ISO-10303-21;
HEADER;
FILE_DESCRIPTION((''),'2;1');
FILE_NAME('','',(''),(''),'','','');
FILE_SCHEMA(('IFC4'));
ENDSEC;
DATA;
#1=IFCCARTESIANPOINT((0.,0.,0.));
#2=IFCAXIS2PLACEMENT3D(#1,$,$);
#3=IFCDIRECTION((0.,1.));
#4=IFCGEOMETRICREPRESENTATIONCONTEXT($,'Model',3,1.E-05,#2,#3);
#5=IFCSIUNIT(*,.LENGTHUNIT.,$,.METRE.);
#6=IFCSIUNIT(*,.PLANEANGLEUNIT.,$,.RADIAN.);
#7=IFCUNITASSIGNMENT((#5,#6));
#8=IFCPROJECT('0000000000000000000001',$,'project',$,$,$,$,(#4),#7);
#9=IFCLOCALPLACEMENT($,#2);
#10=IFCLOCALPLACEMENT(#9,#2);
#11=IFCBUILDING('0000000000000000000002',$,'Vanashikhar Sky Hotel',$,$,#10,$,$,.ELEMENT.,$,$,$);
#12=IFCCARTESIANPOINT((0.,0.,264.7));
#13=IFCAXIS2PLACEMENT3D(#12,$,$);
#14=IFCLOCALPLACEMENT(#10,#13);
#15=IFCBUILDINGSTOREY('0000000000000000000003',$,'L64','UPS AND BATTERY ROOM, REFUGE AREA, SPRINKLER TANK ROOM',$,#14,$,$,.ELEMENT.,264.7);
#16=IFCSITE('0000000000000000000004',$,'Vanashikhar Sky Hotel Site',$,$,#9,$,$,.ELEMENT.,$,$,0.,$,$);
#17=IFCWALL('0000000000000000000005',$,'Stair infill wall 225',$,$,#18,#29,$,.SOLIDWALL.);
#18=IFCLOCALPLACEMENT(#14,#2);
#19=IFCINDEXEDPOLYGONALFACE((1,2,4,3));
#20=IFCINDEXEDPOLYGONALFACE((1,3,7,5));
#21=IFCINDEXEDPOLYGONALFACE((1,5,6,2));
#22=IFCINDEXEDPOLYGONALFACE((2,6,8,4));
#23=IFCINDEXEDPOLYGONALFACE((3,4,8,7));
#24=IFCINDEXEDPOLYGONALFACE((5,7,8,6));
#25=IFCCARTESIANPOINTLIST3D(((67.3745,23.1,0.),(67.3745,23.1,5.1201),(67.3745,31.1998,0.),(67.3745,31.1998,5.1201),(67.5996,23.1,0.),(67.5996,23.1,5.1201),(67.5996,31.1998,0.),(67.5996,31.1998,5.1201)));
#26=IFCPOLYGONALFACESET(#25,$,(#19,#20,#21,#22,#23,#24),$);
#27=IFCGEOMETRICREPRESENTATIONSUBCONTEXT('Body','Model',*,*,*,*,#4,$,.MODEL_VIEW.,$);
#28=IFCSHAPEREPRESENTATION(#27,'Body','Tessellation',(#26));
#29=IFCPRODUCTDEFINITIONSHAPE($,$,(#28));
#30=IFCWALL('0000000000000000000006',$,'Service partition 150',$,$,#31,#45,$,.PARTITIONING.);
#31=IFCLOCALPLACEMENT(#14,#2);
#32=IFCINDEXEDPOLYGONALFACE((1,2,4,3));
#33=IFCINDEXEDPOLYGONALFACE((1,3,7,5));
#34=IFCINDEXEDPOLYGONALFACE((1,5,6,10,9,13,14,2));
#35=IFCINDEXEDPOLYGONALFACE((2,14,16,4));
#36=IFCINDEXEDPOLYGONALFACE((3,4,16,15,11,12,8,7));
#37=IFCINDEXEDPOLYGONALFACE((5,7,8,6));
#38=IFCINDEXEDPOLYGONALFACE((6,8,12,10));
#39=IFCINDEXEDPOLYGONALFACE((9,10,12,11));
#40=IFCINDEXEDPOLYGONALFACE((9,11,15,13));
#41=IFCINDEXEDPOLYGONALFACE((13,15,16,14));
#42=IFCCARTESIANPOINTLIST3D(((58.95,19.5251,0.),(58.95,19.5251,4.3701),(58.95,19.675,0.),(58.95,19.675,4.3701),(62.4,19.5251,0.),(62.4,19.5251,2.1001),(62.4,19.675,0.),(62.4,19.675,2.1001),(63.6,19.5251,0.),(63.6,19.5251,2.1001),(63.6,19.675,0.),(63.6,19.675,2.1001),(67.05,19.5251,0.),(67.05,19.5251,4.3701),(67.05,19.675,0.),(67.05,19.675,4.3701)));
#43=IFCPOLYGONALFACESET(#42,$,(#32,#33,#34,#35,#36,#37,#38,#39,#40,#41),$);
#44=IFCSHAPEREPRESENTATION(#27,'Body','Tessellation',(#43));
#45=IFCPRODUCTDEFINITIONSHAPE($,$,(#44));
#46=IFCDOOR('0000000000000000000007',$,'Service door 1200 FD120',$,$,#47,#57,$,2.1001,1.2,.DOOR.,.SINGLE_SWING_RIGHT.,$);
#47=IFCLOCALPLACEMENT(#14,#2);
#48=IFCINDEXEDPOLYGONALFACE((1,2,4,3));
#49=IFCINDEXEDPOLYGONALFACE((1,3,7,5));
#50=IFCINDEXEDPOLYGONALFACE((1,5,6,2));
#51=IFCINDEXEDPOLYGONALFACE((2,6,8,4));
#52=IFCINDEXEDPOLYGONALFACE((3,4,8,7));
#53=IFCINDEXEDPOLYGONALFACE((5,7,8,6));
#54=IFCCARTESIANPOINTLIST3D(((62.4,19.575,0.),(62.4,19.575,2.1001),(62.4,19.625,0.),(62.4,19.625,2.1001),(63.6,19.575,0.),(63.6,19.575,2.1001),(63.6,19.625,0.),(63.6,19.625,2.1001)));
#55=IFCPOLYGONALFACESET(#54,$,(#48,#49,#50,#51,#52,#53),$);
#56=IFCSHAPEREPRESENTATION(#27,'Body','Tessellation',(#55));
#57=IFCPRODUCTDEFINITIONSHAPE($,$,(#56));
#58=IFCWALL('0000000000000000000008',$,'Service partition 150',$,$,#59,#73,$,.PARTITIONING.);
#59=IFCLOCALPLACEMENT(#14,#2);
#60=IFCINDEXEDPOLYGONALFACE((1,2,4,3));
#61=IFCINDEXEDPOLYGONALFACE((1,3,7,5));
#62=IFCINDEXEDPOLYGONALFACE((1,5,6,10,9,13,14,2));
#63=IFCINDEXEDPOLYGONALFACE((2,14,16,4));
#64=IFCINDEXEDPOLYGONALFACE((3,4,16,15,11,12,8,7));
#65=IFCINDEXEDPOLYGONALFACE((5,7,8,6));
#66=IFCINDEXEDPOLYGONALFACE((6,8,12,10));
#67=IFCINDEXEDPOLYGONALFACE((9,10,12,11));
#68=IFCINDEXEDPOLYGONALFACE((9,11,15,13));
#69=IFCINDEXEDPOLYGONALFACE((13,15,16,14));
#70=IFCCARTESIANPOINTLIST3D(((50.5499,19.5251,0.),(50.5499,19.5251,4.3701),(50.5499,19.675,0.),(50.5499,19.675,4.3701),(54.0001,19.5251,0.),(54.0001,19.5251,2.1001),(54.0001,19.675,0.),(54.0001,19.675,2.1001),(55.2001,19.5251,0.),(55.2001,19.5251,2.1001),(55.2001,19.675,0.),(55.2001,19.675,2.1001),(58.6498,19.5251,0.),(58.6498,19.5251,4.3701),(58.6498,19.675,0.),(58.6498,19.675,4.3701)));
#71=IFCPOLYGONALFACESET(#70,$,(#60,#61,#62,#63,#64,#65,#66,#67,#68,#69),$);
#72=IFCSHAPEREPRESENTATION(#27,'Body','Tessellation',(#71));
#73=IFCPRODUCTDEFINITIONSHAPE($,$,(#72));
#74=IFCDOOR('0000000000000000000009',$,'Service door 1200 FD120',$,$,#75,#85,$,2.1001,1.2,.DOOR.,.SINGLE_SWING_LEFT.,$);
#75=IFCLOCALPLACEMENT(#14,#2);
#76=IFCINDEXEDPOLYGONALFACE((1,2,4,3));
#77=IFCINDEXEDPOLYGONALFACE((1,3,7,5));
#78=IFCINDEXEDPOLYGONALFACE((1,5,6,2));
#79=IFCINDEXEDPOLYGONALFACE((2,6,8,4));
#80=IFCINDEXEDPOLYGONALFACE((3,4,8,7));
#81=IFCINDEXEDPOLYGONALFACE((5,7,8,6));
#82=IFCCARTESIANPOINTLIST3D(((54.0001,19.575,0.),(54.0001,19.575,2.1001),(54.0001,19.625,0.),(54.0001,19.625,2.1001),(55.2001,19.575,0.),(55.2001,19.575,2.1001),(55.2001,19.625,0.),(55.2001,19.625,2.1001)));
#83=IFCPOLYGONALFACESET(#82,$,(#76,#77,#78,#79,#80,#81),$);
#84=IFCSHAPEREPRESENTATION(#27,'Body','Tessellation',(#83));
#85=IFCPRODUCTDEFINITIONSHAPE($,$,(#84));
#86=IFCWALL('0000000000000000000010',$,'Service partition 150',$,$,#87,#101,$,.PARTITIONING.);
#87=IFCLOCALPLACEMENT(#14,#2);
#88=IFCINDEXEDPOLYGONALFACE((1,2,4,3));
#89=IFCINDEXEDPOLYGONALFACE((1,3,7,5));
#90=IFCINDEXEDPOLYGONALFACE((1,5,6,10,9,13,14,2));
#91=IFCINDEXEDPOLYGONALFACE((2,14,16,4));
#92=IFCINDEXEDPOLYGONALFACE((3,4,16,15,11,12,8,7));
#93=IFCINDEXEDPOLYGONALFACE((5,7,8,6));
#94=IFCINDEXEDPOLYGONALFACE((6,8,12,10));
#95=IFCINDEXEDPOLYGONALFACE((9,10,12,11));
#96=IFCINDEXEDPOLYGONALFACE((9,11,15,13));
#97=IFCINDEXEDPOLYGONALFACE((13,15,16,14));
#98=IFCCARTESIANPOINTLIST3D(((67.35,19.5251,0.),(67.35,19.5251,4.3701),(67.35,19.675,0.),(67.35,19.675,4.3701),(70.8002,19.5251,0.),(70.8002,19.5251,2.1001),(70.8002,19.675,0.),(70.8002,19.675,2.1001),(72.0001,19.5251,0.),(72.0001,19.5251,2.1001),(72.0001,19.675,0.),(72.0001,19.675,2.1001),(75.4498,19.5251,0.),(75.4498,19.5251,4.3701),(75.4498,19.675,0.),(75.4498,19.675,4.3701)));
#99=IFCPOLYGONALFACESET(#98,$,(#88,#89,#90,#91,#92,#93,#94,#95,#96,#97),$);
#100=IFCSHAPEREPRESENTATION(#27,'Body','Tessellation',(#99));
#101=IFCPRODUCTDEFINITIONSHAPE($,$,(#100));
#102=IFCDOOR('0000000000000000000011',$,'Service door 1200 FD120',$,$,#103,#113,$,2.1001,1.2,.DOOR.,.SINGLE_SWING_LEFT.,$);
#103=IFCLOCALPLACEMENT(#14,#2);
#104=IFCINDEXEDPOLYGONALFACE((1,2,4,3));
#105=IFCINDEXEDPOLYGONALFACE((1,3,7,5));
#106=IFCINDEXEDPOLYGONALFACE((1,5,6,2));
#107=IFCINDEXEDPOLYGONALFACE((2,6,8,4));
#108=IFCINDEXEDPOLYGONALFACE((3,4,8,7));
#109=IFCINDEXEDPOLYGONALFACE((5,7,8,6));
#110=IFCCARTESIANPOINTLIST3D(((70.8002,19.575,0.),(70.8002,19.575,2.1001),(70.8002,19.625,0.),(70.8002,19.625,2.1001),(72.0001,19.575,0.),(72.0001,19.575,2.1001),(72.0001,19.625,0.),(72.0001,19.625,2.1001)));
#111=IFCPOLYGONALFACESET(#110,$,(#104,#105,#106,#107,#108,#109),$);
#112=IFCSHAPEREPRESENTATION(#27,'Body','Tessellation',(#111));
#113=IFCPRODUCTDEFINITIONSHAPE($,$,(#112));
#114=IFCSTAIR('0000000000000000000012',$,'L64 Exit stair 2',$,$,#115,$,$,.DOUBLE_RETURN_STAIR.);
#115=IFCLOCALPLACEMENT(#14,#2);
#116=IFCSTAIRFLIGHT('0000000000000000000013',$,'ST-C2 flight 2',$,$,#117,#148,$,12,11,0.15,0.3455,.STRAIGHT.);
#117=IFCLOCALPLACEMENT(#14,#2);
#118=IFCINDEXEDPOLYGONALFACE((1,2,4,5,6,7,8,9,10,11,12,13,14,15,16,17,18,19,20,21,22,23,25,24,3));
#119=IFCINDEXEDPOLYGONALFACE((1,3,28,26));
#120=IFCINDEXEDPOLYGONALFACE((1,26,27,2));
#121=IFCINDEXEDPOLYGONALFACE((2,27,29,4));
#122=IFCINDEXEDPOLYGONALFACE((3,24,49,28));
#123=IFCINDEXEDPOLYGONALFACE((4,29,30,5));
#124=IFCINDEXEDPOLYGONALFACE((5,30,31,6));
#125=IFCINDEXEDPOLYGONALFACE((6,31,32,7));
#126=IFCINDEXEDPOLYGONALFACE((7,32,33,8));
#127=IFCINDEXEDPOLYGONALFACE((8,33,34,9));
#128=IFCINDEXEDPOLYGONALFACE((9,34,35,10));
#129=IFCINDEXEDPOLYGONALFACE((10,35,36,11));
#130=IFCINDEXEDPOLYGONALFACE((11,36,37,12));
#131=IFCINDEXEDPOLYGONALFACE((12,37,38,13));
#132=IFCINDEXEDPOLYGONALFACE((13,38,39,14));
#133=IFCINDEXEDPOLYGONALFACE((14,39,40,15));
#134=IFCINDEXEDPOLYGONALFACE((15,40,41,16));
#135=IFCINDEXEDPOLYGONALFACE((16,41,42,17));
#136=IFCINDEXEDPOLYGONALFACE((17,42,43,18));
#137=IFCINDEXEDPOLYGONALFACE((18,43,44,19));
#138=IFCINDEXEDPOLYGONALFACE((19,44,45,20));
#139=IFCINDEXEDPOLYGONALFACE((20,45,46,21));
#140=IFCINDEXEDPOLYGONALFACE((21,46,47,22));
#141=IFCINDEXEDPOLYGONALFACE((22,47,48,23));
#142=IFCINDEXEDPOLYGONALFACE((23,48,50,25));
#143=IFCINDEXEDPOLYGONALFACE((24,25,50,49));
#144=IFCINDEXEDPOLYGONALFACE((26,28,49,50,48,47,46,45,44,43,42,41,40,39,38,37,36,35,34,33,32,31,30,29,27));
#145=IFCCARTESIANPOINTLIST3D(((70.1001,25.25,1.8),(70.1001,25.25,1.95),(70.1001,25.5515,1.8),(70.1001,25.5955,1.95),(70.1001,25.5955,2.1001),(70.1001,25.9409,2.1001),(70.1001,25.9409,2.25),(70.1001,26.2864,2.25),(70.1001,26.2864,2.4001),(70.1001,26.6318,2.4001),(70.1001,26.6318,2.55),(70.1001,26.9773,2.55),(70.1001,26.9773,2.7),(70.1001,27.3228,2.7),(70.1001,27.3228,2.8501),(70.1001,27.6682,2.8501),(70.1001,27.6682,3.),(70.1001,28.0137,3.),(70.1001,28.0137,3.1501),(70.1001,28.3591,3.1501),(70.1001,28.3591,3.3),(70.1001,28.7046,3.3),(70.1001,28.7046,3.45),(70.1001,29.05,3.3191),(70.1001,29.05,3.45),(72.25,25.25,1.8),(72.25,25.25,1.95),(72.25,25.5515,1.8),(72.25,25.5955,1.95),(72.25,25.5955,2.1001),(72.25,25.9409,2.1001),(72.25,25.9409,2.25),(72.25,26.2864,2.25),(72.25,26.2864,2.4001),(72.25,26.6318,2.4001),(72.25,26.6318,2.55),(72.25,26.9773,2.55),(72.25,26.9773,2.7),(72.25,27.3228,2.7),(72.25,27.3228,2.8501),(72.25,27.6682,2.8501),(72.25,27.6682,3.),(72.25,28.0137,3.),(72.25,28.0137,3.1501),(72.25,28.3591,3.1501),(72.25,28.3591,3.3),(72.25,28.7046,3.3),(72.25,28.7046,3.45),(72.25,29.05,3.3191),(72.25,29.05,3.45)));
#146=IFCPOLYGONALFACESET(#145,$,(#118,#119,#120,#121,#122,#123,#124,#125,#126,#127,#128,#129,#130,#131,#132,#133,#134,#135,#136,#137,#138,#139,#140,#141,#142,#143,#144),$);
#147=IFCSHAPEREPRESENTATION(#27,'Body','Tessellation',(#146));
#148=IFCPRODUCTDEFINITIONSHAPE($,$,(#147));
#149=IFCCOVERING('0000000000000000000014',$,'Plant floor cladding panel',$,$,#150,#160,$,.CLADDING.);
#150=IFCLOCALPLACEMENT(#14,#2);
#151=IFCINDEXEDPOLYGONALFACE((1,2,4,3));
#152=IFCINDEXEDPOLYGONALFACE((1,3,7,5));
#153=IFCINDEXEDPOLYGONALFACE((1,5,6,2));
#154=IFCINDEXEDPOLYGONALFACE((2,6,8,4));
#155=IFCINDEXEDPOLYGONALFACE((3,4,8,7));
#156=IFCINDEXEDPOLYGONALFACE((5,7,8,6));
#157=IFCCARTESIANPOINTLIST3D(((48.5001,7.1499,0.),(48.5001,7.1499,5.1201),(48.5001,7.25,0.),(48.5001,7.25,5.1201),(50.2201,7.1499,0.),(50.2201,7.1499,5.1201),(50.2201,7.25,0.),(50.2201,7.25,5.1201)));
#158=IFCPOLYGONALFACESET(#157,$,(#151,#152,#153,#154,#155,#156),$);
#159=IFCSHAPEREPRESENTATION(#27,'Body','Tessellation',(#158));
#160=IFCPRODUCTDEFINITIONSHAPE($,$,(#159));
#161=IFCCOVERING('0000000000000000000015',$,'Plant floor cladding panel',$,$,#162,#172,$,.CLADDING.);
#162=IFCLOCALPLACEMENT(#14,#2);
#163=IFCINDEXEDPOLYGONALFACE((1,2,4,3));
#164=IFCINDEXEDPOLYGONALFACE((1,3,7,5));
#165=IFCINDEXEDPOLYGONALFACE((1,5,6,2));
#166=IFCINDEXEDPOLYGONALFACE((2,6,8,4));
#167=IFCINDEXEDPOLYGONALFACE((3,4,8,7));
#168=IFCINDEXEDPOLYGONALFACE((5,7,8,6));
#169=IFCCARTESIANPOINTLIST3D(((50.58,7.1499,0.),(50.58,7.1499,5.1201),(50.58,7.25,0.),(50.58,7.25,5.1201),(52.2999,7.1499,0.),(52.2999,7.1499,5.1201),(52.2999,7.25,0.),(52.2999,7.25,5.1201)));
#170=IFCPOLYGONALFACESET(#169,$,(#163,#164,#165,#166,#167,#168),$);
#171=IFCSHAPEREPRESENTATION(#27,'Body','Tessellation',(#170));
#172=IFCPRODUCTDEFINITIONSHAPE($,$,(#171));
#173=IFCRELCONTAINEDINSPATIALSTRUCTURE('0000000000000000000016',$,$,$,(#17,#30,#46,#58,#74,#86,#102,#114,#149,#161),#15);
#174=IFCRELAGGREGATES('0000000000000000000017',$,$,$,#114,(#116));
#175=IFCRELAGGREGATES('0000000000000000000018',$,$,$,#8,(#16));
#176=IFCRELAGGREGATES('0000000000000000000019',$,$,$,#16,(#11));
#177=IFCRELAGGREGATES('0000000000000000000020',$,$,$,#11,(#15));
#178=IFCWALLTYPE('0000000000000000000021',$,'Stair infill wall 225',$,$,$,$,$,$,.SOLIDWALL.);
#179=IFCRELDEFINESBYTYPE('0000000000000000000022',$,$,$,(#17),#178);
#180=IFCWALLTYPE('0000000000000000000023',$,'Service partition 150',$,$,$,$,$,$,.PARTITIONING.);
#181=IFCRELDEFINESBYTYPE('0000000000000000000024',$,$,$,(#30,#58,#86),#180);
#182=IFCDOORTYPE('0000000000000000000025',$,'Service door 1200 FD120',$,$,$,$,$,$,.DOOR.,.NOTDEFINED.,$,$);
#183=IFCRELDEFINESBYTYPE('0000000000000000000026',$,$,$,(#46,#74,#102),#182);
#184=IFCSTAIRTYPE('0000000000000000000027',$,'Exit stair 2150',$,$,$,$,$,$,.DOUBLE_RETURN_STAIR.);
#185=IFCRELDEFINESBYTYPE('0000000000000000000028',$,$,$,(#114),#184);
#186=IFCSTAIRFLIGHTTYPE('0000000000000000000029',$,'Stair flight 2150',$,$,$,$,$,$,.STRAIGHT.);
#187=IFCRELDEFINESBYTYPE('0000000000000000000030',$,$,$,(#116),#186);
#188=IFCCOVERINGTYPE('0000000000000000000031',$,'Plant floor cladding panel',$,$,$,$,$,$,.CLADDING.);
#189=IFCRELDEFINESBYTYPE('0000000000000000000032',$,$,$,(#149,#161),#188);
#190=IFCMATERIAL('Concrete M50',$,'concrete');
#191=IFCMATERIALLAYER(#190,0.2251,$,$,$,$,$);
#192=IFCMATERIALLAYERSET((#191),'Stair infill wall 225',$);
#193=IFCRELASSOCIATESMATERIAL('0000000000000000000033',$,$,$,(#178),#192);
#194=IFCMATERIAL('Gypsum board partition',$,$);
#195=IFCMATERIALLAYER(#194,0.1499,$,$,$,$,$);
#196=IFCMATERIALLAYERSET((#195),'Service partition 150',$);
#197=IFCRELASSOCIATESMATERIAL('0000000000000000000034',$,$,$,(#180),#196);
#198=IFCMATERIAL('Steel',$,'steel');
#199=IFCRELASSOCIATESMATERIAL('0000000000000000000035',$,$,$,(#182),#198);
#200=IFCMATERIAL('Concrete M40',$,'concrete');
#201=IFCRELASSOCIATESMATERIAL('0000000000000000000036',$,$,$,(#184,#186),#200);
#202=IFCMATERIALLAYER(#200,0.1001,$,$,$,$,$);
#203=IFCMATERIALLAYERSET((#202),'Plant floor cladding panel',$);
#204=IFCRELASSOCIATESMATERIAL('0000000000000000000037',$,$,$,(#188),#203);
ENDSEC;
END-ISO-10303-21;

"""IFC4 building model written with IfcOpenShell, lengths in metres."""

from ifc_helpers import new_model, si_unit, direction, frame, frame_2d, origin, origin_2d, place, context, subcontext, project, spatial, polyline, rectangle, outline, extrude, source, transform, mapped, material, layer, layer_set, type_object, element, fill, aggregate, save


model = new_model("IFC4")

# Units and contexts
model_context = context("Model", 3, precision=1e-05, world=origin(), true_north=direction((0.0, 1.0)))
body_context = subcontext(model_context, "Body", "Model", "MODEL_VIEW")
ifc_project = project(units=[si_unit("LENGTHUNIT", "METRE"), si_unit("PLANEANGLEUNIT", "RADIAN")], contexts=[model_context])

# Site, building, storey
site_placement = place(None, origin())
site = spatial("IfcSite", under=ifc_project, at=site_placement, Name="Vanashikhar Sky Hotel Site", CompositionType="ELEMENT", RefElevation=0.0)
building_placement = place(site_placement, origin())
building = spatial("IfcBuilding", under=site, at=building_placement, Name="Vanashikhar Sky Hotel", CompositionType="ELEMENT")
storey_placement = place(building_placement, frame((0.0, 0.0, 264.7)))
storey = spatial("IfcBuildingStorey", under=building, at=storey_placement, Name="L64", Description="UPS AND BATTERY ROOM, REFUGE AREA, SPRINKLER TANK ROOM", CompositionType="ELEMENT", Elevation=264.7)

# Shared definitions
ifc_material_1 = material(Name="Concrete M50", Category="concrete")

# Shared definitions
ifc_material_2 = material(Name="Steel", Category="steel")

# Wall
ifc_material_3 = material(Name="Concrete M40", Category="concrete")
ifc_layer_1 = layer(ifc_material_1, 0.2251)
ifc_layer_set_1 = layer_set([ifc_layer_1], Name="Stair infill wall 225")
wall_type_1 = type_object("IfcWallType", Name="Stair infill wall 225", PredefinedType="SOLIDWALL", material=ifc_layer_set_1)
shared_shape_1 = source(origin(), body_context, "Body", "SweptSolid", [
    extrude(rectangle(XDim=8.0999, YDim=0.2251, at=frame_2d((4.0498, 0.0))), origin(), (0.0, 0.0, 1.0), 5.1201),
])
wall_1_placement = place(storey_placement, frame((67.4871, 23.1001, 0.0), z_axis=(0.0, 0.0, 1.0), x_axis=(0.0, 1.0, 0.0)))
element("IfcWall", 1, at=wall_1_placement, inside=storey, type_object=wall_type_1, Name="Stair infill wall 225", PredefinedType="SOLIDWALL", context=body_context, shape_type="MappedRepresentation", body=[
    mapped(shared_shape_1, transform((0.0, 0.0, 0.0), scale=1.0)),
])

# Walls, openings, doors
ifc_material_4 = material(Name="Gypsum board partition")
ifc_layer_2 = layer(ifc_material_4, 0.1499)
ifc_layer_set_2 = layer_set([ifc_layer_2], Name="Service partition 150")
wall_type_2 = type_object("IfcWallType", Name="Service partition 150", PredefinedType="PARTITIONING", material=ifc_layer_set_2)
shared_shape_2 = source(origin(), body_context, "Body", "SweptSolid", [
    extrude(rectangle(XDim=8.1001, YDim=0.1499, at=frame_2d((4.05, 0.0))), origin(), (0.0, 0.0, 1.0), 4.3701),
])
wall_2_placement = place(storey_placement, frame((58.95, 19.6001, 0.0), z_axis=(0.0, 0.0, 1.0), x_axis=(1.0, 0.0, 0.0)))
wall_2 = element("IfcWall", 2, at=wall_2_placement, inside=storey, type_object=wall_type_2, Name="Service partition 150", PredefinedType="PARTITIONING", context=body_context, shape_type="MappedRepresentation", body=[
    mapped(shared_shape_2, transform((0.0, 0.0, 0.0), scale=1.0)),
])
shared_shape_3 = source(origin(), body_context, "Body", "SweptSolid", [
    extrude(rectangle(XDim=1.2, YDim=2.1001, at=frame_2d((0.6001, 1.05))), frame((0.0, 0.085, 0.0), z_axis=(0.0, -1.0, 0.0), x_axis=(1.0, 0.0, 0.0)), (0.0, 0.0, 1.0), 0.1699),
])
opening_1_placement = place(wall_2_placement, frame((3.45, 0.0, 0.0)))
opening_1 = element("IfcOpeningElement", 3, at=opening_1_placement, cuts=wall_2, PredefinedType="OPENING", context=body_context, shape_type="MappedRepresentation", body=[
    mapped(shared_shape_3, transform((0.0, 0.0, 0.0), scale=1.0)),
])
door_type_1 = type_object("IfcDoorType", Name="Service door 1200 FD120", OperationType="NOTDEFINED", PredefinedType="DOOR", material=ifc_material_2)
shared_shape_4 = source(origin(), body_context, "Body", "SweptSolid", [
    extrude(rectangle(XDim=1.2, YDim=2.1001, at=frame_2d((0.6001, 1.05))), frame((0.0, 0.0249, 0.0), z_axis=(0.0, -1.0, 0.0), x_axis=(1.0, 0.0, 0.0)), (0.0, 0.0, 1.0), 0.05),
])
door_1_placement = place(opening_1_placement, origin())
door_1 = element("IfcDoor", 4, at=door_1_placement, inside=storey, type_object=door_type_1, Name="Service door 1200 FD120", OperationType="SINGLE_SWING_RIGHT", OverallHeight=2.1001, OverallWidth=1.2, PredefinedType="DOOR", context=body_context, shape_type="MappedRepresentation", body=[
    mapped(shared_shape_4, transform((0.0, 0.0, 0.0), scale=1.0)),
])
fill(opening_1, door_1)
shared_shape_5 = source(origin(), body_context, "Body", "SweptSolid", [
    extrude(rectangle(XDim=8.0999, YDim=0.1499, at=frame_2d((4.0498, 0.0))), origin(), (0.0, 0.0, 1.0), 4.3701),
])
wall_3_placement = place(storey_placement, frame((50.55, 19.6001, 0.0), z_axis=(0.0, 0.0, 1.0), x_axis=(1.0, 0.0, 0.0)))
wall_3 = element("IfcWall", 5, at=wall_3_placement, inside=storey, type_object=wall_type_2, Name="Service partition 150", PredefinedType="PARTITIONING", context=body_context, shape_type="MappedRepresentation", body=[
    mapped(shared_shape_5, transform((0.0, 0.0, 0.0), scale=1.0)),
])
opening_2_placement = place(wall_3_placement, frame((3.45, 0.0, 0.0)))
opening_2 = element("IfcOpeningElement", 6, at=opening_2_placement, cuts=wall_3, PredefinedType="OPENING", context=body_context, shape_type="MappedRepresentation", body=[
    mapped(shared_shape_3, transform((0.0, 0.0, 0.0), scale=1.0)),
])
door_2_placement = place(opening_2_placement, origin())
door_2 = element("IfcDoor", 7, at=door_2_placement, inside=storey, type_object=door_type_1, Name="Service door 1200 FD120", OperationType="SINGLE_SWING_LEFT", OverallHeight=2.1001, OverallWidth=1.2, PredefinedType="DOOR", context=body_context, shape_type="MappedRepresentation", body=[
    mapped(shared_shape_4, transform((0.0, 0.0, 0.0), scale=1.0)),
])
fill(opening_2, door_2)
wall_4_placement = place(storey_placement, frame((67.3501, 19.6001, 0.0), z_axis=(0.0, 0.0, 1.0), x_axis=(1.0, 0.0, 0.0)))
wall_4 = element("IfcWall", 8, at=wall_4_placement, inside=storey, type_object=wall_type_2, Name="Service partition 150", PredefinedType="PARTITIONING", context=body_context, shape_type="MappedRepresentation", body=[
    mapped(shared_shape_5, transform((0.0, 0.0, 0.0), scale=1.0)),
])
opening_3_placement = place(wall_4_placement, frame((3.45, 0.0, 0.0)))
opening_3 = element("IfcOpeningElement", 9, at=opening_3_placement, cuts=wall_4, PredefinedType="OPENING", context=body_context, shape_type="MappedRepresentation", body=[
    mapped(shared_shape_3, transform((0.0, 0.0, 0.0), scale=1.0)),
])
door_3_placement = place(opening_3_placement, origin())
door_3 = element("IfcDoor", 10, at=door_3_placement, inside=storey, type_object=door_type_1, Name="Service door 1200 FD120", OperationType="SINGLE_SWING_LEFT", OverallHeight=2.1001, OverallWidth=1.2, PredefinedType="DOOR", context=body_context, shape_type="MappedRepresentation", body=[
    mapped(shared_shape_4, transform((0.0, 0.0, 0.0), scale=1.0)),
])
fill(opening_3, door_3)

# Stair, stair flight
stair_type = type_object("IfcStairType", Name="Exit stair 2150", PredefinedType="DOUBLE_RETURN_STAIR", material=ifc_material_3)
stair_placement = place(storey_placement, origin())
stair = element("IfcStair", 11, at=stair_placement, inside=storey, type_object=stair_type, Name="L64 Exit stair 2", PredefinedType="DOUBLE_RETURN_STAIR")
stair_flight_type = type_object("IfcStairFlightType", Name="Stair flight 2150", PredefinedType="STRAIGHT", material=ifc_material_3)
shared_shape_6 = source(origin(), body_context, "Body", "SweptSolid", [
    extrude(outline(polyline([(0.0, 0.0), (0.0, 0.1499), (0.3455, 0.1499), (0.3455, 0.3), (0.6909, 0.3), (0.6909, 0.45), (1.0364, 0.45), (1.0364, 0.6001), (1.3818, 0.6001), (1.3818, 0.75), (1.7273, 0.75), (1.7273, 0.8999), (2.0728, 0.8999), (2.0728, 1.05), (2.4182, 1.05), (2.4182, 1.2), (2.7637, 1.2), (2.7637, 1.3501), (3.1091, 1.3501), (3.1091, 1.5), (3.4546, 1.5), (3.4546, 1.6499), (3.8, 1.6499), (3.8, 1.8), (3.8, 1.519), (0.3015, 0.0), (0.0, 0.0)])), frame((0.0, 1.075, 0.0), z_axis=(0.0, -1.0, 0.0), x_axis=(1.0, 0.0, 0.0)), (0.0, 0.0, 1.0), 2.1499),
])
stair_flight_placement = place(storey_placement, frame((71.175, 25.25, 1.8), z_axis=(0.0, 0.0, 1.0), x_axis=(0.0, 1.0, 0.0)))
stair_flight = element("IfcStairFlight", 12, at=stair_flight_placement, type_object=stair_flight_type, Name="ST-C2 flight 2", NumberOfRisers=12, NumberOfTreads=11, PredefinedType="STRAIGHT", RiserHeight=0.15, TreadLength=0.3455, context=body_context, shape_type="MappedRepresentation", body=[
    mapped(shared_shape_6, transform((0.0, 0.0, 0.0), scale=1.0)),
])
aggregate(stair, [stair_flight])

# Coverings
ifc_layer_3 = layer(ifc_material_3, 0.1001)
ifc_layer_set_3 = layer_set([ifc_layer_3], Name="Plant floor cladding panel")
covering_type = type_object("IfcCoveringType", Name="Plant floor cladding panel", PredefinedType="CLADDING", material=ifc_layer_set_3)
shared_shape_7 = source(origin(), body_context, "Body", "SweptSolid", [
    extrude(rectangle(XDim=1.72, YDim=0.1001, at=origin_2d()), origin(), (0.0, 0.0, 1.0), 5.1201),
])
for number, where, z_axis, x_axis, name in (
    (13, (49.3601, 7.2, 0.0), (0.0, 0.0, 1.0), (1.0, 0.0, 0.0), "Plant floor cladding panel"),
    (14, (51.4399, 7.2, 0.0), (0.0, 0.0, 1.0), (1.0, 0.0, 0.0), "Plant floor cladding panel"),
):
    element("IfcCovering", number, at=place(storey_placement, frame(where, z_axis=z_axis, x_axis=x_axis)), inside=storey, type_object=covering_type, Name=name, PredefinedType="CLADDING", context=body_context, shape_type="MappedRepresentation", body=[
        mapped(shared_shape_7, transform((0.0, 0.0, 0.0), scale=1.0)),
    ])

save(model, "model.ifc")
